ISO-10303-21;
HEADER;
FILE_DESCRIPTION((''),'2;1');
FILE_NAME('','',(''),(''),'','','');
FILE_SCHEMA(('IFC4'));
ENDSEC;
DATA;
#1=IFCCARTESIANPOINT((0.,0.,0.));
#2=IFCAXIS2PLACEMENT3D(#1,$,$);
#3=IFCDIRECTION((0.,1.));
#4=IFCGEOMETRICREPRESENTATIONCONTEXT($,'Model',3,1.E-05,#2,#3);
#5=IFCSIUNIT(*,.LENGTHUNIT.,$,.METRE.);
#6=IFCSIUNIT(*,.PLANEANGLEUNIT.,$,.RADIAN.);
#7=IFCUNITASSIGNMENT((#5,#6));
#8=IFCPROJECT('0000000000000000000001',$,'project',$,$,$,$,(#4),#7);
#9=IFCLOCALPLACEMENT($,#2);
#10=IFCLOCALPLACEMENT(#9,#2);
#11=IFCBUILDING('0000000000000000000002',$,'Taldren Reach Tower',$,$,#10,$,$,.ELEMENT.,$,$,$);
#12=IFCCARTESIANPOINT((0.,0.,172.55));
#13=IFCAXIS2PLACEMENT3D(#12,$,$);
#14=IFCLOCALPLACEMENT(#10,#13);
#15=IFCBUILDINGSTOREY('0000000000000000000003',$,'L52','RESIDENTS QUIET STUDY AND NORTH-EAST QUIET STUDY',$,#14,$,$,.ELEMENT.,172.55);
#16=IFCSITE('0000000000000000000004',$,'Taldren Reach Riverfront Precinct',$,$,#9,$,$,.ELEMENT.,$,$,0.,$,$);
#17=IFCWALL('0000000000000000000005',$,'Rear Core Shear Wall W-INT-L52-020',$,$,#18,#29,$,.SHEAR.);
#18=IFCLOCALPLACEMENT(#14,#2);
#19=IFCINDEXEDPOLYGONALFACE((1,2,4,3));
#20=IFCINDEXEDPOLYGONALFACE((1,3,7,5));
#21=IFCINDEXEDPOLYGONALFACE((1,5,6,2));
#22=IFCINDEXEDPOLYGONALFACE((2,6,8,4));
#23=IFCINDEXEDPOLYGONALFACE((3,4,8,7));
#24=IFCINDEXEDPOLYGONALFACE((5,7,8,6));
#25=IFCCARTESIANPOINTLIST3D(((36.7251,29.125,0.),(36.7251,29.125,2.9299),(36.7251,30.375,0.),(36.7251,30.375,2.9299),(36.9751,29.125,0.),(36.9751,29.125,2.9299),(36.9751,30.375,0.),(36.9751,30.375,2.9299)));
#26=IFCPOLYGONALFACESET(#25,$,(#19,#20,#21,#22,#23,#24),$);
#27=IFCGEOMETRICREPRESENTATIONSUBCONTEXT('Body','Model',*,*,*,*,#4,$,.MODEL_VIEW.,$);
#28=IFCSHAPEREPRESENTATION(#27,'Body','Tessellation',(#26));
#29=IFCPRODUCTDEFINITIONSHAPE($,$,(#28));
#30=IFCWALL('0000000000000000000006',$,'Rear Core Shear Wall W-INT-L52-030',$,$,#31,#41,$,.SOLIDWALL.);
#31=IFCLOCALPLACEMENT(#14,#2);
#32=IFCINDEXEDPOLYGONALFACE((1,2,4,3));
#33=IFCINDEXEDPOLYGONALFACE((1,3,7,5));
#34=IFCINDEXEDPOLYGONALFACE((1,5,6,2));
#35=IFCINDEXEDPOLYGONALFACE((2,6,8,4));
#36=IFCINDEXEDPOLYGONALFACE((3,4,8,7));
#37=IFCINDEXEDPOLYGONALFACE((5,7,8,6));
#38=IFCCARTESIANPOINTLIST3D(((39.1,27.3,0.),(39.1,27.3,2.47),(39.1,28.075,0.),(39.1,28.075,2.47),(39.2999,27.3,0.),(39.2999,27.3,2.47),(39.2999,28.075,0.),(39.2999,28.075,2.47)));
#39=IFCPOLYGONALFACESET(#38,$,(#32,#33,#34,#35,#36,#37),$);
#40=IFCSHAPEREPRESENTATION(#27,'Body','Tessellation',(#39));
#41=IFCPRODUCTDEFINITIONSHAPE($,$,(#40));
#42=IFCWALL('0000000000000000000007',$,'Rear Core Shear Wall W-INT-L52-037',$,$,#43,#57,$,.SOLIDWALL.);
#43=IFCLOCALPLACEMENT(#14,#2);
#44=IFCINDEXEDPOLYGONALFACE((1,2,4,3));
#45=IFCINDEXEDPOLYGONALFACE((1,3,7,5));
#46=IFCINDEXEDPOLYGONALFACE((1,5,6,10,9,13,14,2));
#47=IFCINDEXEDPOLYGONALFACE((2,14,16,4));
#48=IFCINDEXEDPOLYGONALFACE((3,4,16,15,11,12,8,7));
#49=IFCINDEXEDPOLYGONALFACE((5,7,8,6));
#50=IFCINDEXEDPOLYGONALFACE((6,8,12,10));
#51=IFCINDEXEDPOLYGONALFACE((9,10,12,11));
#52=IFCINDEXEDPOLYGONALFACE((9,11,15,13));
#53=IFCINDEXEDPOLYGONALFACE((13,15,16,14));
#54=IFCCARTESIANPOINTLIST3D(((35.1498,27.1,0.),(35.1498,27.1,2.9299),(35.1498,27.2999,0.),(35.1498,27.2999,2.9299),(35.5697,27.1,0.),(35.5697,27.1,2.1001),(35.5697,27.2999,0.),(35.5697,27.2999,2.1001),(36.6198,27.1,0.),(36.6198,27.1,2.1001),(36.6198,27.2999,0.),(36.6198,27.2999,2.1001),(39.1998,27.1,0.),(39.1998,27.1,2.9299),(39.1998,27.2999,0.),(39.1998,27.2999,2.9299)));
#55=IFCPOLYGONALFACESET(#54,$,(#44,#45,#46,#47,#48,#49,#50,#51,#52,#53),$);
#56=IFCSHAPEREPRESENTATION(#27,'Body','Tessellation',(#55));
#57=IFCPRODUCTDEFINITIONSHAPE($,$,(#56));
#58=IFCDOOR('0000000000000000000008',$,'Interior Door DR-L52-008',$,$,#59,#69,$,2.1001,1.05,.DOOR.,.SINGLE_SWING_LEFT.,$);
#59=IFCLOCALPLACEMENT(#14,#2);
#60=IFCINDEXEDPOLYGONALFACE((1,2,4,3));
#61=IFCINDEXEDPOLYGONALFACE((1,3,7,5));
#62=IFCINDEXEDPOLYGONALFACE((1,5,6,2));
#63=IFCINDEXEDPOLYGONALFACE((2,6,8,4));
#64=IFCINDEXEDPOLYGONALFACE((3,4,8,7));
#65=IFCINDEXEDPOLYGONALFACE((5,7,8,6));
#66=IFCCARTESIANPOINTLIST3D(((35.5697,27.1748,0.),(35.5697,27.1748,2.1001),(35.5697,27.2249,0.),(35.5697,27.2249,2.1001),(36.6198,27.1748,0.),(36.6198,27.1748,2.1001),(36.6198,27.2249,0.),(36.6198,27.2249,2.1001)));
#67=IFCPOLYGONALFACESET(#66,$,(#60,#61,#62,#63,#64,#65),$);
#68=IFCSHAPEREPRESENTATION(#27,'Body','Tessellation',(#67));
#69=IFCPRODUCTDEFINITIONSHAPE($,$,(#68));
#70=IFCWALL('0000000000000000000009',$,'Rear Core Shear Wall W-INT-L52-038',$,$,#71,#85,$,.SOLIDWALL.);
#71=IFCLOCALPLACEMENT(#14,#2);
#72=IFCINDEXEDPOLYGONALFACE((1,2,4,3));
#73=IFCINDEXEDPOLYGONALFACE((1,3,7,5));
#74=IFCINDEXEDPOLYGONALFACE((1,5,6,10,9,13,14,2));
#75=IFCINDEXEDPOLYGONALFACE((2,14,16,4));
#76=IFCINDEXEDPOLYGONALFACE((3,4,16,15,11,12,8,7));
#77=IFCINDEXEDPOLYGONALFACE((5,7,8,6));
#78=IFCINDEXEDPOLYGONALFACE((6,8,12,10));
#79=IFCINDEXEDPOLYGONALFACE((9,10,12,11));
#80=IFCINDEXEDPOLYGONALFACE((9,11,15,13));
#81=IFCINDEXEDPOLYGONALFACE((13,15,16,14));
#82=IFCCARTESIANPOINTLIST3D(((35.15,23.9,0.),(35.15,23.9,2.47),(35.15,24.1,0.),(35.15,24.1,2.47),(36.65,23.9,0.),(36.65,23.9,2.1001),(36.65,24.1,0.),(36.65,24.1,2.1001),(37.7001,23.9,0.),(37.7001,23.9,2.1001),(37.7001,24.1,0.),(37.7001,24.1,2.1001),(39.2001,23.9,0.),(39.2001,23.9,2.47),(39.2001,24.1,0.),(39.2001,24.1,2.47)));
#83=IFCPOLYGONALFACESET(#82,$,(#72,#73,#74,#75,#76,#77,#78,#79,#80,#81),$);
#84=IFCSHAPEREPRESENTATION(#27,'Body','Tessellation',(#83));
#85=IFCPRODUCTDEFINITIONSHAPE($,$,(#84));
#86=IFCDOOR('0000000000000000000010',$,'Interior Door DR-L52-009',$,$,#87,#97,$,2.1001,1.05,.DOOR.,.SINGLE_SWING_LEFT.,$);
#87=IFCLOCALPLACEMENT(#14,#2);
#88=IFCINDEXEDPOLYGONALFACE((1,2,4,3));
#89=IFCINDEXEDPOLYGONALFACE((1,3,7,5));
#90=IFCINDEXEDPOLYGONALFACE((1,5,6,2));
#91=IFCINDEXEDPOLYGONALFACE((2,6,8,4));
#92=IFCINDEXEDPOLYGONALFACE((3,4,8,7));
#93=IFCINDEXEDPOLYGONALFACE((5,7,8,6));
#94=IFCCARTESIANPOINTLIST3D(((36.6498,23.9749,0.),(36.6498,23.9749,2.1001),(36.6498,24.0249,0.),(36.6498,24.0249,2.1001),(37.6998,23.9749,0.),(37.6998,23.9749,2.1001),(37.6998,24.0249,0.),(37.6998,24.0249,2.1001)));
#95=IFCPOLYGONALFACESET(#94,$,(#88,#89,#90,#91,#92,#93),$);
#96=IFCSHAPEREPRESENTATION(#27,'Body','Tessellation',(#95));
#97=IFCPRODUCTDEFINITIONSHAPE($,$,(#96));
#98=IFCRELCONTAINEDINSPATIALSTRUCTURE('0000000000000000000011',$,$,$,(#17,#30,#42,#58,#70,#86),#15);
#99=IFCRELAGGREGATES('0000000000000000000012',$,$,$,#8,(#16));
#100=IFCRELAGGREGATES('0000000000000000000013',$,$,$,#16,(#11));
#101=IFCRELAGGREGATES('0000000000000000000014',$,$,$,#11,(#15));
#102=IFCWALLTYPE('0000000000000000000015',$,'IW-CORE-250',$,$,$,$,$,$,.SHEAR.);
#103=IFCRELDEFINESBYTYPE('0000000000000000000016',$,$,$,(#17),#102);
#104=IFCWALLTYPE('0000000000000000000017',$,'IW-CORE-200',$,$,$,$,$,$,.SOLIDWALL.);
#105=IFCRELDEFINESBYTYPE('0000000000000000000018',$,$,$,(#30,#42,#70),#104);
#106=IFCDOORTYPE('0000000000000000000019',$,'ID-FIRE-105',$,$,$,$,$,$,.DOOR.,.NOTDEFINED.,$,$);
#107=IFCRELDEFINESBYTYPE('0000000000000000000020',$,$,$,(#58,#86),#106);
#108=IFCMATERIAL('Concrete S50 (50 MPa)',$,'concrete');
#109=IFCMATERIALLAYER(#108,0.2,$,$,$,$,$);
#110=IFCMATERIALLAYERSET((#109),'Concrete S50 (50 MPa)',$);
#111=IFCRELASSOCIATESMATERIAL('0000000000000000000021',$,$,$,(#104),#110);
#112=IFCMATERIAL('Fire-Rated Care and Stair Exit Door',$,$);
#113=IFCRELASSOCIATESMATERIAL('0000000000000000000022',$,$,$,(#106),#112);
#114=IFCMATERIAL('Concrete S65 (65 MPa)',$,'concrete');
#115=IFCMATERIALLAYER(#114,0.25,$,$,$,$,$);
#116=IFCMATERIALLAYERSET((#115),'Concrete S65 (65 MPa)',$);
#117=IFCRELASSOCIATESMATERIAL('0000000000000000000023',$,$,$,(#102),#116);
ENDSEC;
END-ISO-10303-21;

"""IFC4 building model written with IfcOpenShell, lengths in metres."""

from ifc_helpers import new_model, si_unit, direction, frame, frame_2d, origin, place, context, subcontext, project, spatial, rectangle, extrude, source, transform, mapped, material, layer, layer_set, type_object, element, fill, save


model = new_model("IFC4")

# Units and contexts
model_context = context("Model", 3, precision=1e-05, world=origin(), true_north=direction((0.0, 1.0)))
body_context = subcontext(model_context, "Body", "Model", "MODEL_VIEW")
ifc_project = project(units=[si_unit("LENGTHUNIT", "METRE"), si_unit("PLANEANGLEUNIT", "RADIAN")], contexts=[model_context])

# Site, building, storey
site_placement = place(None, origin())
site = spatial("IfcSite", under=ifc_project, at=site_placement, Name="Taldren Reach Riverfront Precinct", CompositionType="ELEMENT", RefElevation=0.0)
building_placement = place(site_placement, origin())
building = spatial("IfcBuilding", under=site, at=building_placement, Name="Taldren Reach Tower", CompositionType="ELEMENT")
storey_placement = place(building_placement, frame((0.0, 0.0, 172.55)))
storey = spatial("IfcBuildingStorey", under=building, at=storey_placement, Name="L52", Description="RESIDENTS QUIET STUDY AND NORTH-EAST QUIET STUDY", CompositionType="ELEMENT", Elevation=172.55)

# Shared definitions
ifc_material_1 = material(Name="Concrete S50 (50 MPa)", Category="concrete")
ifc_layer_1 = layer(ifc_material_1, 0.2)
ifc_layer_set_1 = layer_set([ifc_layer_1], Name="Concrete S50 (50 MPa)")
wall_type_1 = type_object("IfcWallType", Name="IW-CORE-200", PredefinedType="SOLIDWALL", material=ifc_layer_set_1)
shared_shape_1 = source(origin(), body_context, "Body", "SweptSolid", [
    extrude(rectangle(XDim=1.05, YDim=2.1001, at=frame_2d((0.5249, 1.05))), frame((0.0, 0.1099, 0.0), z_axis=(0.0, -1.0, 0.0), x_axis=(1.0, 0.0, 0.0)), (0.0, 0.0, 1.0), 0.22),
])
ifc_material_2 = material(Name="Fire-Rated Care and Stair Exit Door")
door_type_1 = type_object("IfcDoorType", Name="ID-FIRE-105", OperationType="NOTDEFINED", PredefinedType="DOOR", material=ifc_material_2)
shared_shape_2 = source(origin(), body_context, "Body", "SweptSolid", [
    extrude(rectangle(XDim=1.05, YDim=2.1001, at=frame_2d((0.5249, 1.05))), frame((0.0, 0.0249, 0.0), z_axis=(0.0, -1.0, 0.0), x_axis=(1.0, 0.0, 0.0)), (0.0, 0.0, 1.0), 0.05),
])

# Wall
ifc_material_3 = material(Name="Concrete S65 (65 MPa)", Category="concrete")
ifc_layer_2 = layer(ifc_material_3, 0.25)
ifc_layer_set_2 = layer_set([ifc_layer_2], Name="Concrete S65 (65 MPa)")
wall_type_2 = type_object("IfcWallType", Name="IW-CORE-250", PredefinedType="SHEAR", material=ifc_layer_set_2)
shared_shape_3 = source(origin(), body_context, "Body", "SweptSolid", [
    extrude(rectangle(XDim=1.25, YDim=0.25, at=frame_2d((0.625, 0.0))), origin(), (0.0, 0.0, 1.0), 2.9299),
])
for number, where, z_axis, x_axis, name in (
    (1, (36.8501, 29.125, 0.0), (0.0, 0.0, 1.0), (0.0, 1.0, 0.0), "Rear Core Shear Wall W-INT-L52-020"),
):
    element("IfcWall", number, at=place(storey_placement, frame(where, z_axis=z_axis, x_axis=x_axis)), inside=storey, type_object=wall_type_2, Name=name, PredefinedType="SHEAR", context=body_context, shape_type="MappedRepresentation", body=[
        mapped(shared_shape_3, transform((0.0, 0.0, 0.0), scale=1.0)),
    ])

# Wall
shared_shape_4 = source(origin(), body_context, "Body", "SweptSolid", [
    extrude(rectangle(XDim=0.7749, YDim=0.2, at=frame_2d((0.3875, 0.0))), origin(), (0.0, 0.0, 1.0), 2.47),
])
wall_1_placement = place(storey_placement, frame((39.2, 27.3, 0.0), z_axis=(0.0, 0.0, 1.0), x_axis=(0.0, 1.0, 0.0)))
element("IfcWall", 2, at=wall_1_placement, inside=storey, type_object=wall_type_1, Name="Rear Core Shear Wall W-INT-L52-030", PredefinedType="SOLIDWALL", context=body_context, shape_type="MappedRepresentation", body=[
    mapped(shared_shape_4, transform((0.0, 0.0, 0.0), scale=1.0)),
])

# Walls, openings, doors
shared_shape_5 = source(origin(), body_context, "Body", "SweptSolid", [
    extrude(rectangle(XDim=4.05, YDim=0.2, at=frame_2d((2.0249, 0.0))), origin(), (0.0, 0.0, 1.0), 2.9299),
])
wall_2_placement = place(storey_placement, frame((35.1499, 27.2, 0.0), z_axis=(0.0, 0.0, 1.0), x_axis=(1.0, 0.0, 0.0)))
wall_2 = element("IfcWall", 3, at=wall_2_placement, inside=storey, type_object=wall_type_1, Name="Rear Core Shear Wall W-INT-L52-037", PredefinedType="SOLIDWALL", context=body_context, shape_type="MappedRepresentation", body=[
    mapped(shared_shape_5, transform((0.0, 0.0, 0.0), scale=1.0)),
])
opening_1_placement = place(wall_2_placement, frame((0.4199, 0.0, 0.0)))
opening_1 = element("IfcOpeningElement", 4, at=opening_1_placement, cuts=wall_2, PredefinedType="OPENING", context=body_context, shape_type="MappedRepresentation", body=[
    mapped(shared_shape_1, transform((0.0, 0.0, 0.0), scale=1.0)),
])
door_1_placement = place(opening_1_placement, origin())
door_1 = element("IfcDoor", 5, at=door_1_placement, inside=storey, type_object=door_type_1, Name="Interior Door DR-L52-008", OperationType="SINGLE_SWING_LEFT", OverallHeight=2.1001, OverallWidth=1.05, PredefinedType="DOOR", context=body_context, shape_type="MappedRepresentation", body=[
    mapped(shared_shape_2, transform((0.0, 0.0, 0.0), scale=1.0)),
])
fill(opening_1, door_1)
shared_shape_6 = source(origin(), body_context, "Body", "SweptSolid", [
    extrude(rectangle(XDim=4.05, YDim=0.2, at=frame_2d((2.0249, 0.0))), origin(), (0.0, 0.0, 1.0), 2.47),
])
wall_3_placement = place(storey_placement, frame((39.2, 24.0, 0.0), z_axis=(0.0, 0.0, 1.0), x_axis=(-1.0, 0.0, 0.0)))
wall_3 = element("IfcWall", 6, at=wall_3_placement, inside=storey, type_object=wall_type_1, Name="Rear Core Shear Wall W-INT-L52-038", PredefinedType="SOLIDWALL", context=body_context, shape_type="MappedRepresentation", body=[
    mapped(shared_shape_6, transform((0.0, 0.0, 0.0), scale=1.0)),
])
opening_2_placement = place(wall_3_placement, frame((1.5, 0.0, 0.0)))
opening_2 = element("IfcOpeningElement", 7, at=opening_2_placement, cuts=wall_3, PredefinedType="OPENING", context=body_context, shape_type="MappedRepresentation", body=[
    mapped(shared_shape_1, transform((0.0, 0.0, 0.0), scale=1.0)),
])
door_2_placement = place(opening_2_placement, frame((1.05, 0.0, 0.0), z_axis=(0.0, 0.0, 1.0), x_axis=(-1.0, 0.0, 0.0)))
door_2 = element("IfcDoor", 8, at=door_2_placement, inside=storey, type_object=door_type_1, Name="Interior Door DR-L52-009", OperationType="SINGLE_SWING_LEFT", OverallHeight=2.1001, OverallWidth=1.05, PredefinedType="DOOR", context=body_context, shape_type="MappedRepresentation", body=[
    mapped(shared_shape_2, transform((0.0, 0.0, 0.0), scale=1.0)),
])
fill(opening_2, door_2)

save(model, "model.ifc")
